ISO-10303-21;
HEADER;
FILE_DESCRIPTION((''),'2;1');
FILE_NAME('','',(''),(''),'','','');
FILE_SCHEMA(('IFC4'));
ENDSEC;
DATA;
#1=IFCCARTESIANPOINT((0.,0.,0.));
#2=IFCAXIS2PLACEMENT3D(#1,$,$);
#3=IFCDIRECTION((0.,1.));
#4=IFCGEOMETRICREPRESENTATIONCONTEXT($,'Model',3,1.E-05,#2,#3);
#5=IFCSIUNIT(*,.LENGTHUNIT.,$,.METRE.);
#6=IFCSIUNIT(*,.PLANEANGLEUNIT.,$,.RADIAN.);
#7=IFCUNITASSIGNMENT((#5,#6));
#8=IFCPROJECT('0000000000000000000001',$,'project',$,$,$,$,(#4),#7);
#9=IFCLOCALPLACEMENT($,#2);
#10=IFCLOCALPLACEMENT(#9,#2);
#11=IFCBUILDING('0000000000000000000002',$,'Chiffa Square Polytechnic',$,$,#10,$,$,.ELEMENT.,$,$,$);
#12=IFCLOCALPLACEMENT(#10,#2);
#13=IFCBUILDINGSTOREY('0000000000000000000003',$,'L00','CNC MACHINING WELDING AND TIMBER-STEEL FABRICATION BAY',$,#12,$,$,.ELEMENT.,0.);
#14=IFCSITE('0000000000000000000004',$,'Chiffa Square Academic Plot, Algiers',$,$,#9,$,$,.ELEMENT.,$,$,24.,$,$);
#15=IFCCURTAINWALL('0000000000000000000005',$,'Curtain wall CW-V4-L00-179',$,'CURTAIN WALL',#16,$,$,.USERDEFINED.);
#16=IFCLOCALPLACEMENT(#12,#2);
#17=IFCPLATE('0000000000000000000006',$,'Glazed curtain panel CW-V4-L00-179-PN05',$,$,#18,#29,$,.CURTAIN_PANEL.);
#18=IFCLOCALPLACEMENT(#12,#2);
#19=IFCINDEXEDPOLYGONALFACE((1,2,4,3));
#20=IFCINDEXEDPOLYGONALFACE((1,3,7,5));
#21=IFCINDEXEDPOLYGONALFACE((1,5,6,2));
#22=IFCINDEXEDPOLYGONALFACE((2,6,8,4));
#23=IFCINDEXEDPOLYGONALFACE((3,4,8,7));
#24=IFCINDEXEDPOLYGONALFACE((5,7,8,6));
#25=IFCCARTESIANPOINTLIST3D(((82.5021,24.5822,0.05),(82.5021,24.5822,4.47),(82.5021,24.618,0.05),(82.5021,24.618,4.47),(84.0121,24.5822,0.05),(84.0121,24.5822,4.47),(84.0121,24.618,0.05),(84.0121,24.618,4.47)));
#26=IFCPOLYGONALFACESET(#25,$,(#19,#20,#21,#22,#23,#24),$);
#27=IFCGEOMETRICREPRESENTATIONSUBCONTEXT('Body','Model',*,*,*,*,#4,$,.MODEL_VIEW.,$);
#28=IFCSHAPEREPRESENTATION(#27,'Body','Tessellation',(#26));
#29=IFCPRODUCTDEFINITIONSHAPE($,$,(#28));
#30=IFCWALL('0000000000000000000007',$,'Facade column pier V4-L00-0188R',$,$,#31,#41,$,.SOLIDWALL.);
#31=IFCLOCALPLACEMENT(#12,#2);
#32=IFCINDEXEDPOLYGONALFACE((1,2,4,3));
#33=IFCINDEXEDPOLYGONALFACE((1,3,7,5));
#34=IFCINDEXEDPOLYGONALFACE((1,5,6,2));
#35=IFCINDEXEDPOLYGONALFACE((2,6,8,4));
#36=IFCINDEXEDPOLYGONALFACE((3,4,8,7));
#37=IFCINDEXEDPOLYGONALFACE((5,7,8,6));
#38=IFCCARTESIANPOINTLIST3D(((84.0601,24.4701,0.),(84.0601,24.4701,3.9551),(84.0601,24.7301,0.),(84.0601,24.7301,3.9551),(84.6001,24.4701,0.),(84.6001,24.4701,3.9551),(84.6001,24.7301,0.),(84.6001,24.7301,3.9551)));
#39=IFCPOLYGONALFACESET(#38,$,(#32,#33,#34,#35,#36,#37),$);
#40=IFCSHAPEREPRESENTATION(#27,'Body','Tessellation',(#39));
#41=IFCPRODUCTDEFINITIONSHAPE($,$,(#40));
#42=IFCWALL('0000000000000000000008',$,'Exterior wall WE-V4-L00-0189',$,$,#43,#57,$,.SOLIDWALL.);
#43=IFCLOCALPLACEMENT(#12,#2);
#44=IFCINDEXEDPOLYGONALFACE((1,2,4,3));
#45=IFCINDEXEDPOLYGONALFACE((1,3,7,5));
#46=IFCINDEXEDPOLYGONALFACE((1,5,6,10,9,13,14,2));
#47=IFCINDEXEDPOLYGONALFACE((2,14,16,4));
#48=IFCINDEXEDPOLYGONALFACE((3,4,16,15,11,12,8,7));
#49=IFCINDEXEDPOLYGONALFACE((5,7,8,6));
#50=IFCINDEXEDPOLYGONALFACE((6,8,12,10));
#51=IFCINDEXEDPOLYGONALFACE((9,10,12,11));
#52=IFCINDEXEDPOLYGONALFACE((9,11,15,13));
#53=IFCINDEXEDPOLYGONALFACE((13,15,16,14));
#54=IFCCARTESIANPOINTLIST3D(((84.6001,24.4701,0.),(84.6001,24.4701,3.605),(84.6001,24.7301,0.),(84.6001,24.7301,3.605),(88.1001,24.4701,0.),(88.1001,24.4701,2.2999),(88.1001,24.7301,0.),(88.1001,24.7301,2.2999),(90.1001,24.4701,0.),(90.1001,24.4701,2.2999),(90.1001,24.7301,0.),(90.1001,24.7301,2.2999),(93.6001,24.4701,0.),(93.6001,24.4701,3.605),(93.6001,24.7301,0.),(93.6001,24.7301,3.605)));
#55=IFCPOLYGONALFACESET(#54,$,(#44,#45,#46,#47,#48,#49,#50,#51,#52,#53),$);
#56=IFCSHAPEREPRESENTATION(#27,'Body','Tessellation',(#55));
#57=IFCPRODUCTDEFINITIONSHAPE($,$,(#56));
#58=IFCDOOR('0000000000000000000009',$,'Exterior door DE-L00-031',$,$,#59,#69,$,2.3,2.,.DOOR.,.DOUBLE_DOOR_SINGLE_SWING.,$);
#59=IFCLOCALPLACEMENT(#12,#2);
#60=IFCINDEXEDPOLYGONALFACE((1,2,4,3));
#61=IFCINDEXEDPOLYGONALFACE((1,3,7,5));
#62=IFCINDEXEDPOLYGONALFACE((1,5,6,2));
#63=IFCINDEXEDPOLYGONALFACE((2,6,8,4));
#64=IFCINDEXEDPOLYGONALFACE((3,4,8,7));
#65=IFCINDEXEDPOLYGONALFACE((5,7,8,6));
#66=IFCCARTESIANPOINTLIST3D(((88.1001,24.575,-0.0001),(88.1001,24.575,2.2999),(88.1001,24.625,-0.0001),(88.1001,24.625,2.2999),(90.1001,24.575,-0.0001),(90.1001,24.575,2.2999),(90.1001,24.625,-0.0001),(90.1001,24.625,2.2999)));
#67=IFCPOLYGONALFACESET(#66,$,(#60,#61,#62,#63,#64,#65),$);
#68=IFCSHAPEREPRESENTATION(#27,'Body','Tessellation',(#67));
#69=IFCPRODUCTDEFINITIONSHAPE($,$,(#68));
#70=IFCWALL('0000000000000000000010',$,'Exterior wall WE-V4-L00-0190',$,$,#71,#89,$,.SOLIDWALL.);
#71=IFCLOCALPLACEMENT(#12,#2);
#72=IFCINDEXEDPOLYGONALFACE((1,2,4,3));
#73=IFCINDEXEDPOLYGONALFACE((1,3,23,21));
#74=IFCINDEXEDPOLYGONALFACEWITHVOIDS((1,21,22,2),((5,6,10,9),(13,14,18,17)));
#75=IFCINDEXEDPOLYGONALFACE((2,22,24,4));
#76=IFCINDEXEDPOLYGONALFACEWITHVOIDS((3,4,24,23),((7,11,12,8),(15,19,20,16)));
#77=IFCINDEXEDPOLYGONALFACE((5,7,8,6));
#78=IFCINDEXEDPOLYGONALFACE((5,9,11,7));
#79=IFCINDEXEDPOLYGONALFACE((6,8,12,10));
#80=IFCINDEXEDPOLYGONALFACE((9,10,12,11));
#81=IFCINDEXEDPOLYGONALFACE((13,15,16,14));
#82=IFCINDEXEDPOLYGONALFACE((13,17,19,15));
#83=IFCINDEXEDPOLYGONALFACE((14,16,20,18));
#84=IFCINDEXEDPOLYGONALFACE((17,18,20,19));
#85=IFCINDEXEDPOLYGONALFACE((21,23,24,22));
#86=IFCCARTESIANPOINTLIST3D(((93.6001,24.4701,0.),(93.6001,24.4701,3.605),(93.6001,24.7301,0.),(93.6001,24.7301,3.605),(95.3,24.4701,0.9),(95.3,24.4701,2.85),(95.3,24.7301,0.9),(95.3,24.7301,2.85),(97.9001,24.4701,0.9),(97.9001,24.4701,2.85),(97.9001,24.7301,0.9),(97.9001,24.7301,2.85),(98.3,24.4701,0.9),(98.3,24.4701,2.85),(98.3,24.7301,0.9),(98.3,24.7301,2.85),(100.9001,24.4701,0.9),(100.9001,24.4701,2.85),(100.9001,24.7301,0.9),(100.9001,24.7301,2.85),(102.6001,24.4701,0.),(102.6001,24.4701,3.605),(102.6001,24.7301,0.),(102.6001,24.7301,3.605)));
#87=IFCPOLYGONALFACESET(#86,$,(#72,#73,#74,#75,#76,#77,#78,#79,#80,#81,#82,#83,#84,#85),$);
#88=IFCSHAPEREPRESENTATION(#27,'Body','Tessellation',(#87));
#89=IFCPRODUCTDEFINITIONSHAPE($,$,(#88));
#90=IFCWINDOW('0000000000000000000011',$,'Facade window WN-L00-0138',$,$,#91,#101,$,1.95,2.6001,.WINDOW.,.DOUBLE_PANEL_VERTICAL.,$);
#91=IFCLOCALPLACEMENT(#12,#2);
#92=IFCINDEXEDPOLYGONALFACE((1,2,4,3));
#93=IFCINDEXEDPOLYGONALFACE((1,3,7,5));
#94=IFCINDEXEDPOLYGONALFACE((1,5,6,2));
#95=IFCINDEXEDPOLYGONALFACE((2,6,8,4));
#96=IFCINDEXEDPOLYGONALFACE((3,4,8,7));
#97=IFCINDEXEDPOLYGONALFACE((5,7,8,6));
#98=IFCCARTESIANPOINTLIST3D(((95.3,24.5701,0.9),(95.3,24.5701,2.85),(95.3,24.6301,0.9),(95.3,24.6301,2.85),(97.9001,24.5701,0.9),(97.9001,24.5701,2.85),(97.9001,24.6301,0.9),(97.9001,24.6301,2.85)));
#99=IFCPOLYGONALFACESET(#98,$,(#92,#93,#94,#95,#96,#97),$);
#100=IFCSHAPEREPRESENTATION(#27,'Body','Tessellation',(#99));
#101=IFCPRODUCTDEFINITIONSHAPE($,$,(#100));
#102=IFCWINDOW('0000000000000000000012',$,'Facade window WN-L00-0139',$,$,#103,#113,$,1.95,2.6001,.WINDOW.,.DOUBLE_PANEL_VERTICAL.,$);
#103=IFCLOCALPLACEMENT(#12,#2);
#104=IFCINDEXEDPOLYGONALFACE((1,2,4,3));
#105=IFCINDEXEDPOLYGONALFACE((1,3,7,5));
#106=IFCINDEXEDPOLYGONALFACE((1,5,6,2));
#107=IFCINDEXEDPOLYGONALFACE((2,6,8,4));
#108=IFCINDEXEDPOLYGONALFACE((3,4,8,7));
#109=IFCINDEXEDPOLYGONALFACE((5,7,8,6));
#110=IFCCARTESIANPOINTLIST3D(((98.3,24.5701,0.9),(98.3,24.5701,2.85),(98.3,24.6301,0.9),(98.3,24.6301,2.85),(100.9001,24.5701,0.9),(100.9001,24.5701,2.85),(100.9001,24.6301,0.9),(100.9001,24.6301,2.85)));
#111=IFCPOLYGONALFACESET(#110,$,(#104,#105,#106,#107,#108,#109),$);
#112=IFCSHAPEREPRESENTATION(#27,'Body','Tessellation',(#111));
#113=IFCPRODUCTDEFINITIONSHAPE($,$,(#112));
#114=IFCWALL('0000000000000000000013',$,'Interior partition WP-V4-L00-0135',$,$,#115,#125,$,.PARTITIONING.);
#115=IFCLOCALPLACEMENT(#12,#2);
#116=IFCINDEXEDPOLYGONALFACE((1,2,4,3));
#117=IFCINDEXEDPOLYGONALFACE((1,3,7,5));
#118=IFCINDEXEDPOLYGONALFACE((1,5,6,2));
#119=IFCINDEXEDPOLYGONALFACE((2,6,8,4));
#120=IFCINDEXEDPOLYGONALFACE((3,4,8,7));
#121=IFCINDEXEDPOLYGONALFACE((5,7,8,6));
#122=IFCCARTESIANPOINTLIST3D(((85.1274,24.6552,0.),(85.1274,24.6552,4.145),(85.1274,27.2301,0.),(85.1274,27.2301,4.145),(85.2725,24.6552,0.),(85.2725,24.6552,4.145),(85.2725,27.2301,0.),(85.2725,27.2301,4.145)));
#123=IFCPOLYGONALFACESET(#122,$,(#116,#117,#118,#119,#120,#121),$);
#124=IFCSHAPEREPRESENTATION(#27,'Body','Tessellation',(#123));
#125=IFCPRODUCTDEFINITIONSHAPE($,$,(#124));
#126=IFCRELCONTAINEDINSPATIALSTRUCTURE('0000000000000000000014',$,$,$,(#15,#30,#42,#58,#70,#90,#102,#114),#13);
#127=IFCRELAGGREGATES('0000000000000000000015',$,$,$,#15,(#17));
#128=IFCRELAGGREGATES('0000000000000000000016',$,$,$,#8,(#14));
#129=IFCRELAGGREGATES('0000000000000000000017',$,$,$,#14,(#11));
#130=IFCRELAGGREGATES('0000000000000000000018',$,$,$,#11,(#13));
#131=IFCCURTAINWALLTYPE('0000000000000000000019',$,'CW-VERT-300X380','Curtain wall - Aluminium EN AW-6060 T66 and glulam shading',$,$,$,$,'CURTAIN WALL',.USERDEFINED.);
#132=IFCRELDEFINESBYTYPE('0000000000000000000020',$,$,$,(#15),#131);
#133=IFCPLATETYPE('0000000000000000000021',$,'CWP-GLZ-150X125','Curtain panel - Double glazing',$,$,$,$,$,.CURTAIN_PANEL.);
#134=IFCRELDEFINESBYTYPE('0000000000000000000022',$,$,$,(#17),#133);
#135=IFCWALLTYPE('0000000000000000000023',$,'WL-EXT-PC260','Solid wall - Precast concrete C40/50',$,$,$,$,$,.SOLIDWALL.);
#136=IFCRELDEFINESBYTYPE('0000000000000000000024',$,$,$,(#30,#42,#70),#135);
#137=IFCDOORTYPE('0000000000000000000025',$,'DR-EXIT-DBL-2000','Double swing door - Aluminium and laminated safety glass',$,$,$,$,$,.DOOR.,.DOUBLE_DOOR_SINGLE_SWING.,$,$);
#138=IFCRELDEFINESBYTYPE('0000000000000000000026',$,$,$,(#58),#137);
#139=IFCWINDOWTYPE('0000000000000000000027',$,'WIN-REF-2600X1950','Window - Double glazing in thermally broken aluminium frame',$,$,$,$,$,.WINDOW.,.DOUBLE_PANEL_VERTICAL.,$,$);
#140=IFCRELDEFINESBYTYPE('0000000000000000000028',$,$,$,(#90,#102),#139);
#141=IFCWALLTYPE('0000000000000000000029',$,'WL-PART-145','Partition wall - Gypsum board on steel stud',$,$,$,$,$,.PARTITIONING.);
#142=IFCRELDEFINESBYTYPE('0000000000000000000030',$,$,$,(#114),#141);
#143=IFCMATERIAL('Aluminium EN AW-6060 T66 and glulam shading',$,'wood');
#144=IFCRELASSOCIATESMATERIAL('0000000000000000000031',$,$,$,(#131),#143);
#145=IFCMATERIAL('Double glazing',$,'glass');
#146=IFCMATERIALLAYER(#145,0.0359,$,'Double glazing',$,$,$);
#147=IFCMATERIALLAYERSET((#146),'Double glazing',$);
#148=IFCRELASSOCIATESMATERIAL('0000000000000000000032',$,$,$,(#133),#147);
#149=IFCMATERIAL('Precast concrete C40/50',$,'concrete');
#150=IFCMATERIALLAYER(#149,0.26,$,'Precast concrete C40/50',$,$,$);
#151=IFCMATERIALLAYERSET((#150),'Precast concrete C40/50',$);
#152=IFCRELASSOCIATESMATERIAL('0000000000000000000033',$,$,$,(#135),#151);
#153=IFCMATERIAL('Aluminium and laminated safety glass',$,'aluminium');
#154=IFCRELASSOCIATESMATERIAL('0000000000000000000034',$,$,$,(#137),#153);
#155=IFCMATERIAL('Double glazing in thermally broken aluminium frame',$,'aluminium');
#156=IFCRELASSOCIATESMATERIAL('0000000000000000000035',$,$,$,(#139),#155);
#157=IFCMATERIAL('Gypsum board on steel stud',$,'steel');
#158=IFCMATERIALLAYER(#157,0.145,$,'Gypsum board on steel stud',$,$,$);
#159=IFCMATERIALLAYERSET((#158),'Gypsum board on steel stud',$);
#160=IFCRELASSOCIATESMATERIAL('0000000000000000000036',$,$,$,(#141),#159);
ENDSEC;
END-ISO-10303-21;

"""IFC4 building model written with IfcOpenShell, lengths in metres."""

from ifc_helpers import new_model, si_unit, direction, frame, frame_2d, origin, origin_2d, place, context, subcontext, project, spatial, rectangle, extrude, material, layer, layer_set, type_object, element, fill, aggregate, save


model = new_model("IFC4")

# Units and contexts
model_context = context("Model", 3, precision=1e-05, world=origin(), true_north=direction((0.0, 1.0)))
body_context = subcontext(model_context, "Body", "Model", "MODEL_VIEW")
ifc_project = project(units=[si_unit("LENGTHUNIT", "METRE"), si_unit("PLANEANGLEUNIT", "RADIAN")], contexts=[model_context])

# Site, building, storey
site_placement = place(None, origin())
site = spatial("IfcSite", under=ifc_project, at=site_placement, Name="Chiffa Square Academic Plot, Algiers", CompositionType="ELEMENT", RefElevation=24.0)
building_placement = place(site_placement, origin())
building = spatial("IfcBuilding", under=site, at=building_placement, Name="Chiffa Square Polytechnic", CompositionType="ELEMENT")
storey_placement = place(building_placement, origin())
storey = spatial("IfcBuildingStorey", under=building, at=storey_placement, Name="L00", Description="CNC MACHINING WELDING AND TIMBER-STEEL FABRICATION BAY", CompositionType="ELEMENT", Elevation=0.0)

# Curtain wall
ifc_material_1 = material(Name="Aluminium EN AW-6060 T66 and glulam shading", Category="wood")
curtain_wall_type = type_object("IfcCurtainWallType", Name="CW-VERT-300X380", Description="Curtain wall - Aluminium EN AW-6060 T66 and glulam shading", ElementType="CURTAIN WALL", PredefinedType="USERDEFINED", material=ifc_material_1)
curtain_wall_placement = place(storey_placement, origin())
curtain_wall = element("IfcCurtainWall", 1, at=curtain_wall_placement, inside=storey, type_object=curtain_wall_type, Name="Curtain wall CW-V4-L00-179", ObjectType="CURTAIN WALL", PredefinedType="USERDEFINED")

# Plate
ifc_material_2 = material(Name="Double glazing", Category="glass")
ifc_layer_1 = layer(ifc_material_2, 0.0359, Name="Double glazing")
ifc_layer_set_1 = layer_set([ifc_layer_1], Name="Double glazing")
plate_type = type_object("IfcPlateType", Name="CWP-GLZ-150X125", Description="Curtain panel - Double glazing", PredefinedType="CURTAIN_PANEL", material=ifc_layer_set_1)
plate_1_placement = place(storey_placement, frame((83.2571, 24.6001, 0.05), z_axis=(0.0, 0.0, 1.0), x_axis=(1.0, 0.0, 0.0)))
plate_1 = element("IfcPlate", 2, at=plate_1_placement, type_object=plate_type, Name="Glazed curtain panel CW-V4-L00-179-PN05", PredefinedType="CURTAIN_PANEL", context=body_context, shape_type="SweptSolid", body=[
    extrude(rectangle(XDim=1.51, YDim=0.0359, at=origin_2d()), origin(), (0.0, 0.0, 1.0), 4.4199),
])
aggregate(curtain_wall, [plate_1])

# Wall
ifc_material_3 = material(Name="Precast concrete C40/50", Category="concrete")
ifc_layer_2 = layer(ifc_material_3, 0.26, Name="Precast concrete C40/50")
ifc_layer_set_2 = layer_set([ifc_layer_2], Name="Precast concrete C40/50")
wall_type_1 = type_object("IfcWallType", Name="WL-EXT-PC260", Description="Solid wall - Precast concrete C40/50", PredefinedType="SOLIDWALL", material=ifc_layer_set_2)
wall_1_placement = place(storey_placement, frame((84.0601, 24.6001, 0.0), z_axis=(0.0, 0.0, 1.0), x_axis=(1.0, 0.0, 0.0)))
element("IfcWall", 3, at=wall_1_placement, inside=storey, type_object=wall_type_1, Name="Facade column pier V4-L00-0188R", PredefinedType="SOLIDWALL", context=body_context, shape_type="SweptSolid", body=[
    extrude(rectangle(XDim=0.54, YDim=0.26, at=frame_2d((0.27, 0.0))), origin(), (0.0, 0.0, 1.0), 3.9551),
])

# Wall, opening, door
wall_2_placement = place(storey_placement, frame((84.6001, 24.6001, 0.0), z_axis=(0.0, 0.0, 1.0), x_axis=(1.0, 0.0, 0.0)))
wall_2 = element("IfcWall", 4, at=wall_2_placement, inside=storey, type_object=wall_type_1, Name="Exterior wall WE-V4-L00-0189", PredefinedType="SOLIDWALL", context=body_context, shape_type="SweptSolid", body=[
    extrude(rectangle(XDim=9.0, YDim=0.26, at=frame_2d((4.5, 0.0))), origin(), (0.0, 0.0, 1.0), 3.605),
])
opening_1_placement = place(wall_2_placement, frame((3.5, 0.0, 0.0)))
opening_1 = element("IfcOpeningElement", 5, at=opening_1_placement, cuts=wall_2, PredefinedType="OPENING", context=body_context, shape_type="SweptSolid", body=[
    extrude(rectangle(XDim=2.0, YDim=2.3, at=frame_2d((1.0, 1.1499))), frame((0.0, 0.1401, 0.0), z_axis=(0.0, -1.0, 0.0), x_axis=(1.0, 0.0, 0.0)), (0.0, 0.0, 1.0), 0.28),
])
ifc_material_4 = material(Name="Aluminium and laminated safety glass", Category="aluminium")
door_type = type_object("IfcDoorType", Name="DR-EXIT-DBL-2000", Description="Double swing door - Aluminium and laminated safety glass", OperationType="DOUBLE_DOOR_SINGLE_SWING", PredefinedType="DOOR", material=ifc_material_4)
door_placement = place(opening_1_placement, origin())
door = element("IfcDoor", 6, at=door_placement, inside=storey, type_object=door_type, Name="Exterior door DE-L00-031", OperationType="DOUBLE_DOOR_SINGLE_SWING", OverallHeight=2.3, OverallWidth=2.0, PredefinedType="DOOR", context=body_context, shape_type="SweptSolid", body=[
    extrude(rectangle(XDim=2.0, YDim=2.3, at=frame_2d((1.0, 1.1499))), frame((0.0, 0.0249, 0.0), z_axis=(0.0, -1.0, 0.0), x_axis=(1.0, 0.0, 0.0)), (0.0, 0.0, 1.0), 0.05),
])
fill(opening_1, door)

# Wall, openings, windows
wall_3_placement = place(storey_placement, frame((93.6001, 24.6001, 0.0), z_axis=(0.0, 0.0, 1.0), x_axis=(1.0, 0.0, 0.0)))
wall_3 = element("IfcWall", 7, at=wall_3_placement, inside=storey, type_object=wall_type_1, Name="Exterior wall WE-V4-L00-0190", PredefinedType="SOLIDWALL", context=body_context, shape_type="SweptSolid", body=[
    extrude(rectangle(XDim=9.0, YDim=0.26, at=frame_2d((4.5, 0.0))), origin(), (0.0, 0.0, 1.0), 3.605),
])
opening_2_placement = place(wall_3_placement, frame((1.7, 0.0, 0.8999)))
opening_2 = element("IfcOpeningElement", 8, at=opening_2_placement, cuts=wall_3, PredefinedType="OPENING", context=body_context, shape_type="SweptSolid", body=[
    extrude(rectangle(XDim=2.6001, YDim=1.95, at=frame_2d((1.3, 0.9751))), frame((0.0, 0.1401, 0.0), z_axis=(0.0, -1.0, 0.0), x_axis=(1.0, 0.0, 0.0)), (0.0, 0.0, 1.0), 0.28),
])
opening_3_placement = place(wall_3_placement, frame((4.7, 0.0, 0.8999)))
opening_3 = element("IfcOpeningElement", 9, at=opening_3_placement, cuts=wall_3, PredefinedType="OPENING", context=body_context, shape_type="SweptSolid", body=[
    extrude(rectangle(XDim=2.6001, YDim=1.95, at=frame_2d((1.3, 0.9751))), frame((0.0, 0.1401, 0.0), z_axis=(0.0, -1.0, 0.0), x_axis=(1.0, 0.0, 0.0)), (0.0, 0.0, 1.0), 0.28),
])
ifc_material_5 = material(Name="Double glazing in thermally broken aluminium frame", Category="aluminium")
window_type = type_object("IfcWindowType", Name="WIN-REF-2600X1950", Description="Window - Double glazing in thermally broken aluminium frame", PartitioningType="DOUBLE_PANEL_VERTICAL", PredefinedType="WINDOW", material=ifc_material_5)
window_1_placement = place(opening_2_placement, origin())
window_1 = element("IfcWindow", 10, at=window_1_placement, inside=storey, type_object=window_type, Name="Facade window WN-L00-0138", OverallHeight=1.95, OverallWidth=2.6001, PartitioningType="DOUBLE_PANEL_VERTICAL", PredefinedType="WINDOW", context=body_context, shape_type="SweptSolid", body=[
    extrude(rectangle(XDim=2.6001, YDim=1.95, at=frame_2d((1.3, 0.9751))), frame((0.0, 0.03, 0.0), z_axis=(0.0, -1.0, 0.0), x_axis=(1.0, 0.0, 0.0)), (0.0, 0.0, 1.0), 0.0601),
])
fill(opening_2, window_1)
window_2_placement = place(opening_3_placement, origin())
window_2 = element("IfcWindow", 11, at=window_2_placement, inside=storey, type_object=window_type, Name="Facade window WN-L00-0139", OverallHeight=1.95, OverallWidth=2.6001, PartitioningType="DOUBLE_PANEL_VERTICAL", PredefinedType="WINDOW", context=body_context, shape_type="SweptSolid", body=[
    extrude(rectangle(XDim=2.6001, YDim=1.95, at=frame_2d((1.3, 0.9751))), frame((0.0, 0.03, 0.0), z_axis=(0.0, -1.0, 0.0), x_axis=(1.0, 0.0, 0.0)), (0.0, 0.0, 1.0), 0.0601),
])
fill(opening_3, window_2)

# Wall
ifc_material_6 = material(Name="Gypsum board on steel stud", Category="steel")
ifc_layer_3 = layer(ifc_material_6, 0.145, Name="Gypsum board on steel stud")
ifc_layer_set_3 = layer_set([ifc_layer_3], Name="Gypsum board on steel stud")
wall_type_2 = type_object("IfcWallType", Name="WL-PART-145", Description="Partition wall - Gypsum board on steel stud", PredefinedType="PARTITIONING", material=ifc_layer_set_3)
wall_4_placement = place(storey_placement, frame((85.2, 24.655, 0.0), z_axis=(0.0, 0.0, 1.0), x_axis=(0.0, 1.0, 0.0)))
element("IfcWall", 12, at=wall_4_placement, inside=storey, type_object=wall_type_2, Name="Interior partition WP-V4-L00-0135", PredefinedType="PARTITIONING", context=body_context, shape_type="SweptSolid", body=[
    extrude(rectangle(XDim=2.575, YDim=0.145, at=frame_2d((1.2876, 0.0))), origin(), (0.0, 0.0, 1.0), 4.145),
])

save(model, "model.ifc")
